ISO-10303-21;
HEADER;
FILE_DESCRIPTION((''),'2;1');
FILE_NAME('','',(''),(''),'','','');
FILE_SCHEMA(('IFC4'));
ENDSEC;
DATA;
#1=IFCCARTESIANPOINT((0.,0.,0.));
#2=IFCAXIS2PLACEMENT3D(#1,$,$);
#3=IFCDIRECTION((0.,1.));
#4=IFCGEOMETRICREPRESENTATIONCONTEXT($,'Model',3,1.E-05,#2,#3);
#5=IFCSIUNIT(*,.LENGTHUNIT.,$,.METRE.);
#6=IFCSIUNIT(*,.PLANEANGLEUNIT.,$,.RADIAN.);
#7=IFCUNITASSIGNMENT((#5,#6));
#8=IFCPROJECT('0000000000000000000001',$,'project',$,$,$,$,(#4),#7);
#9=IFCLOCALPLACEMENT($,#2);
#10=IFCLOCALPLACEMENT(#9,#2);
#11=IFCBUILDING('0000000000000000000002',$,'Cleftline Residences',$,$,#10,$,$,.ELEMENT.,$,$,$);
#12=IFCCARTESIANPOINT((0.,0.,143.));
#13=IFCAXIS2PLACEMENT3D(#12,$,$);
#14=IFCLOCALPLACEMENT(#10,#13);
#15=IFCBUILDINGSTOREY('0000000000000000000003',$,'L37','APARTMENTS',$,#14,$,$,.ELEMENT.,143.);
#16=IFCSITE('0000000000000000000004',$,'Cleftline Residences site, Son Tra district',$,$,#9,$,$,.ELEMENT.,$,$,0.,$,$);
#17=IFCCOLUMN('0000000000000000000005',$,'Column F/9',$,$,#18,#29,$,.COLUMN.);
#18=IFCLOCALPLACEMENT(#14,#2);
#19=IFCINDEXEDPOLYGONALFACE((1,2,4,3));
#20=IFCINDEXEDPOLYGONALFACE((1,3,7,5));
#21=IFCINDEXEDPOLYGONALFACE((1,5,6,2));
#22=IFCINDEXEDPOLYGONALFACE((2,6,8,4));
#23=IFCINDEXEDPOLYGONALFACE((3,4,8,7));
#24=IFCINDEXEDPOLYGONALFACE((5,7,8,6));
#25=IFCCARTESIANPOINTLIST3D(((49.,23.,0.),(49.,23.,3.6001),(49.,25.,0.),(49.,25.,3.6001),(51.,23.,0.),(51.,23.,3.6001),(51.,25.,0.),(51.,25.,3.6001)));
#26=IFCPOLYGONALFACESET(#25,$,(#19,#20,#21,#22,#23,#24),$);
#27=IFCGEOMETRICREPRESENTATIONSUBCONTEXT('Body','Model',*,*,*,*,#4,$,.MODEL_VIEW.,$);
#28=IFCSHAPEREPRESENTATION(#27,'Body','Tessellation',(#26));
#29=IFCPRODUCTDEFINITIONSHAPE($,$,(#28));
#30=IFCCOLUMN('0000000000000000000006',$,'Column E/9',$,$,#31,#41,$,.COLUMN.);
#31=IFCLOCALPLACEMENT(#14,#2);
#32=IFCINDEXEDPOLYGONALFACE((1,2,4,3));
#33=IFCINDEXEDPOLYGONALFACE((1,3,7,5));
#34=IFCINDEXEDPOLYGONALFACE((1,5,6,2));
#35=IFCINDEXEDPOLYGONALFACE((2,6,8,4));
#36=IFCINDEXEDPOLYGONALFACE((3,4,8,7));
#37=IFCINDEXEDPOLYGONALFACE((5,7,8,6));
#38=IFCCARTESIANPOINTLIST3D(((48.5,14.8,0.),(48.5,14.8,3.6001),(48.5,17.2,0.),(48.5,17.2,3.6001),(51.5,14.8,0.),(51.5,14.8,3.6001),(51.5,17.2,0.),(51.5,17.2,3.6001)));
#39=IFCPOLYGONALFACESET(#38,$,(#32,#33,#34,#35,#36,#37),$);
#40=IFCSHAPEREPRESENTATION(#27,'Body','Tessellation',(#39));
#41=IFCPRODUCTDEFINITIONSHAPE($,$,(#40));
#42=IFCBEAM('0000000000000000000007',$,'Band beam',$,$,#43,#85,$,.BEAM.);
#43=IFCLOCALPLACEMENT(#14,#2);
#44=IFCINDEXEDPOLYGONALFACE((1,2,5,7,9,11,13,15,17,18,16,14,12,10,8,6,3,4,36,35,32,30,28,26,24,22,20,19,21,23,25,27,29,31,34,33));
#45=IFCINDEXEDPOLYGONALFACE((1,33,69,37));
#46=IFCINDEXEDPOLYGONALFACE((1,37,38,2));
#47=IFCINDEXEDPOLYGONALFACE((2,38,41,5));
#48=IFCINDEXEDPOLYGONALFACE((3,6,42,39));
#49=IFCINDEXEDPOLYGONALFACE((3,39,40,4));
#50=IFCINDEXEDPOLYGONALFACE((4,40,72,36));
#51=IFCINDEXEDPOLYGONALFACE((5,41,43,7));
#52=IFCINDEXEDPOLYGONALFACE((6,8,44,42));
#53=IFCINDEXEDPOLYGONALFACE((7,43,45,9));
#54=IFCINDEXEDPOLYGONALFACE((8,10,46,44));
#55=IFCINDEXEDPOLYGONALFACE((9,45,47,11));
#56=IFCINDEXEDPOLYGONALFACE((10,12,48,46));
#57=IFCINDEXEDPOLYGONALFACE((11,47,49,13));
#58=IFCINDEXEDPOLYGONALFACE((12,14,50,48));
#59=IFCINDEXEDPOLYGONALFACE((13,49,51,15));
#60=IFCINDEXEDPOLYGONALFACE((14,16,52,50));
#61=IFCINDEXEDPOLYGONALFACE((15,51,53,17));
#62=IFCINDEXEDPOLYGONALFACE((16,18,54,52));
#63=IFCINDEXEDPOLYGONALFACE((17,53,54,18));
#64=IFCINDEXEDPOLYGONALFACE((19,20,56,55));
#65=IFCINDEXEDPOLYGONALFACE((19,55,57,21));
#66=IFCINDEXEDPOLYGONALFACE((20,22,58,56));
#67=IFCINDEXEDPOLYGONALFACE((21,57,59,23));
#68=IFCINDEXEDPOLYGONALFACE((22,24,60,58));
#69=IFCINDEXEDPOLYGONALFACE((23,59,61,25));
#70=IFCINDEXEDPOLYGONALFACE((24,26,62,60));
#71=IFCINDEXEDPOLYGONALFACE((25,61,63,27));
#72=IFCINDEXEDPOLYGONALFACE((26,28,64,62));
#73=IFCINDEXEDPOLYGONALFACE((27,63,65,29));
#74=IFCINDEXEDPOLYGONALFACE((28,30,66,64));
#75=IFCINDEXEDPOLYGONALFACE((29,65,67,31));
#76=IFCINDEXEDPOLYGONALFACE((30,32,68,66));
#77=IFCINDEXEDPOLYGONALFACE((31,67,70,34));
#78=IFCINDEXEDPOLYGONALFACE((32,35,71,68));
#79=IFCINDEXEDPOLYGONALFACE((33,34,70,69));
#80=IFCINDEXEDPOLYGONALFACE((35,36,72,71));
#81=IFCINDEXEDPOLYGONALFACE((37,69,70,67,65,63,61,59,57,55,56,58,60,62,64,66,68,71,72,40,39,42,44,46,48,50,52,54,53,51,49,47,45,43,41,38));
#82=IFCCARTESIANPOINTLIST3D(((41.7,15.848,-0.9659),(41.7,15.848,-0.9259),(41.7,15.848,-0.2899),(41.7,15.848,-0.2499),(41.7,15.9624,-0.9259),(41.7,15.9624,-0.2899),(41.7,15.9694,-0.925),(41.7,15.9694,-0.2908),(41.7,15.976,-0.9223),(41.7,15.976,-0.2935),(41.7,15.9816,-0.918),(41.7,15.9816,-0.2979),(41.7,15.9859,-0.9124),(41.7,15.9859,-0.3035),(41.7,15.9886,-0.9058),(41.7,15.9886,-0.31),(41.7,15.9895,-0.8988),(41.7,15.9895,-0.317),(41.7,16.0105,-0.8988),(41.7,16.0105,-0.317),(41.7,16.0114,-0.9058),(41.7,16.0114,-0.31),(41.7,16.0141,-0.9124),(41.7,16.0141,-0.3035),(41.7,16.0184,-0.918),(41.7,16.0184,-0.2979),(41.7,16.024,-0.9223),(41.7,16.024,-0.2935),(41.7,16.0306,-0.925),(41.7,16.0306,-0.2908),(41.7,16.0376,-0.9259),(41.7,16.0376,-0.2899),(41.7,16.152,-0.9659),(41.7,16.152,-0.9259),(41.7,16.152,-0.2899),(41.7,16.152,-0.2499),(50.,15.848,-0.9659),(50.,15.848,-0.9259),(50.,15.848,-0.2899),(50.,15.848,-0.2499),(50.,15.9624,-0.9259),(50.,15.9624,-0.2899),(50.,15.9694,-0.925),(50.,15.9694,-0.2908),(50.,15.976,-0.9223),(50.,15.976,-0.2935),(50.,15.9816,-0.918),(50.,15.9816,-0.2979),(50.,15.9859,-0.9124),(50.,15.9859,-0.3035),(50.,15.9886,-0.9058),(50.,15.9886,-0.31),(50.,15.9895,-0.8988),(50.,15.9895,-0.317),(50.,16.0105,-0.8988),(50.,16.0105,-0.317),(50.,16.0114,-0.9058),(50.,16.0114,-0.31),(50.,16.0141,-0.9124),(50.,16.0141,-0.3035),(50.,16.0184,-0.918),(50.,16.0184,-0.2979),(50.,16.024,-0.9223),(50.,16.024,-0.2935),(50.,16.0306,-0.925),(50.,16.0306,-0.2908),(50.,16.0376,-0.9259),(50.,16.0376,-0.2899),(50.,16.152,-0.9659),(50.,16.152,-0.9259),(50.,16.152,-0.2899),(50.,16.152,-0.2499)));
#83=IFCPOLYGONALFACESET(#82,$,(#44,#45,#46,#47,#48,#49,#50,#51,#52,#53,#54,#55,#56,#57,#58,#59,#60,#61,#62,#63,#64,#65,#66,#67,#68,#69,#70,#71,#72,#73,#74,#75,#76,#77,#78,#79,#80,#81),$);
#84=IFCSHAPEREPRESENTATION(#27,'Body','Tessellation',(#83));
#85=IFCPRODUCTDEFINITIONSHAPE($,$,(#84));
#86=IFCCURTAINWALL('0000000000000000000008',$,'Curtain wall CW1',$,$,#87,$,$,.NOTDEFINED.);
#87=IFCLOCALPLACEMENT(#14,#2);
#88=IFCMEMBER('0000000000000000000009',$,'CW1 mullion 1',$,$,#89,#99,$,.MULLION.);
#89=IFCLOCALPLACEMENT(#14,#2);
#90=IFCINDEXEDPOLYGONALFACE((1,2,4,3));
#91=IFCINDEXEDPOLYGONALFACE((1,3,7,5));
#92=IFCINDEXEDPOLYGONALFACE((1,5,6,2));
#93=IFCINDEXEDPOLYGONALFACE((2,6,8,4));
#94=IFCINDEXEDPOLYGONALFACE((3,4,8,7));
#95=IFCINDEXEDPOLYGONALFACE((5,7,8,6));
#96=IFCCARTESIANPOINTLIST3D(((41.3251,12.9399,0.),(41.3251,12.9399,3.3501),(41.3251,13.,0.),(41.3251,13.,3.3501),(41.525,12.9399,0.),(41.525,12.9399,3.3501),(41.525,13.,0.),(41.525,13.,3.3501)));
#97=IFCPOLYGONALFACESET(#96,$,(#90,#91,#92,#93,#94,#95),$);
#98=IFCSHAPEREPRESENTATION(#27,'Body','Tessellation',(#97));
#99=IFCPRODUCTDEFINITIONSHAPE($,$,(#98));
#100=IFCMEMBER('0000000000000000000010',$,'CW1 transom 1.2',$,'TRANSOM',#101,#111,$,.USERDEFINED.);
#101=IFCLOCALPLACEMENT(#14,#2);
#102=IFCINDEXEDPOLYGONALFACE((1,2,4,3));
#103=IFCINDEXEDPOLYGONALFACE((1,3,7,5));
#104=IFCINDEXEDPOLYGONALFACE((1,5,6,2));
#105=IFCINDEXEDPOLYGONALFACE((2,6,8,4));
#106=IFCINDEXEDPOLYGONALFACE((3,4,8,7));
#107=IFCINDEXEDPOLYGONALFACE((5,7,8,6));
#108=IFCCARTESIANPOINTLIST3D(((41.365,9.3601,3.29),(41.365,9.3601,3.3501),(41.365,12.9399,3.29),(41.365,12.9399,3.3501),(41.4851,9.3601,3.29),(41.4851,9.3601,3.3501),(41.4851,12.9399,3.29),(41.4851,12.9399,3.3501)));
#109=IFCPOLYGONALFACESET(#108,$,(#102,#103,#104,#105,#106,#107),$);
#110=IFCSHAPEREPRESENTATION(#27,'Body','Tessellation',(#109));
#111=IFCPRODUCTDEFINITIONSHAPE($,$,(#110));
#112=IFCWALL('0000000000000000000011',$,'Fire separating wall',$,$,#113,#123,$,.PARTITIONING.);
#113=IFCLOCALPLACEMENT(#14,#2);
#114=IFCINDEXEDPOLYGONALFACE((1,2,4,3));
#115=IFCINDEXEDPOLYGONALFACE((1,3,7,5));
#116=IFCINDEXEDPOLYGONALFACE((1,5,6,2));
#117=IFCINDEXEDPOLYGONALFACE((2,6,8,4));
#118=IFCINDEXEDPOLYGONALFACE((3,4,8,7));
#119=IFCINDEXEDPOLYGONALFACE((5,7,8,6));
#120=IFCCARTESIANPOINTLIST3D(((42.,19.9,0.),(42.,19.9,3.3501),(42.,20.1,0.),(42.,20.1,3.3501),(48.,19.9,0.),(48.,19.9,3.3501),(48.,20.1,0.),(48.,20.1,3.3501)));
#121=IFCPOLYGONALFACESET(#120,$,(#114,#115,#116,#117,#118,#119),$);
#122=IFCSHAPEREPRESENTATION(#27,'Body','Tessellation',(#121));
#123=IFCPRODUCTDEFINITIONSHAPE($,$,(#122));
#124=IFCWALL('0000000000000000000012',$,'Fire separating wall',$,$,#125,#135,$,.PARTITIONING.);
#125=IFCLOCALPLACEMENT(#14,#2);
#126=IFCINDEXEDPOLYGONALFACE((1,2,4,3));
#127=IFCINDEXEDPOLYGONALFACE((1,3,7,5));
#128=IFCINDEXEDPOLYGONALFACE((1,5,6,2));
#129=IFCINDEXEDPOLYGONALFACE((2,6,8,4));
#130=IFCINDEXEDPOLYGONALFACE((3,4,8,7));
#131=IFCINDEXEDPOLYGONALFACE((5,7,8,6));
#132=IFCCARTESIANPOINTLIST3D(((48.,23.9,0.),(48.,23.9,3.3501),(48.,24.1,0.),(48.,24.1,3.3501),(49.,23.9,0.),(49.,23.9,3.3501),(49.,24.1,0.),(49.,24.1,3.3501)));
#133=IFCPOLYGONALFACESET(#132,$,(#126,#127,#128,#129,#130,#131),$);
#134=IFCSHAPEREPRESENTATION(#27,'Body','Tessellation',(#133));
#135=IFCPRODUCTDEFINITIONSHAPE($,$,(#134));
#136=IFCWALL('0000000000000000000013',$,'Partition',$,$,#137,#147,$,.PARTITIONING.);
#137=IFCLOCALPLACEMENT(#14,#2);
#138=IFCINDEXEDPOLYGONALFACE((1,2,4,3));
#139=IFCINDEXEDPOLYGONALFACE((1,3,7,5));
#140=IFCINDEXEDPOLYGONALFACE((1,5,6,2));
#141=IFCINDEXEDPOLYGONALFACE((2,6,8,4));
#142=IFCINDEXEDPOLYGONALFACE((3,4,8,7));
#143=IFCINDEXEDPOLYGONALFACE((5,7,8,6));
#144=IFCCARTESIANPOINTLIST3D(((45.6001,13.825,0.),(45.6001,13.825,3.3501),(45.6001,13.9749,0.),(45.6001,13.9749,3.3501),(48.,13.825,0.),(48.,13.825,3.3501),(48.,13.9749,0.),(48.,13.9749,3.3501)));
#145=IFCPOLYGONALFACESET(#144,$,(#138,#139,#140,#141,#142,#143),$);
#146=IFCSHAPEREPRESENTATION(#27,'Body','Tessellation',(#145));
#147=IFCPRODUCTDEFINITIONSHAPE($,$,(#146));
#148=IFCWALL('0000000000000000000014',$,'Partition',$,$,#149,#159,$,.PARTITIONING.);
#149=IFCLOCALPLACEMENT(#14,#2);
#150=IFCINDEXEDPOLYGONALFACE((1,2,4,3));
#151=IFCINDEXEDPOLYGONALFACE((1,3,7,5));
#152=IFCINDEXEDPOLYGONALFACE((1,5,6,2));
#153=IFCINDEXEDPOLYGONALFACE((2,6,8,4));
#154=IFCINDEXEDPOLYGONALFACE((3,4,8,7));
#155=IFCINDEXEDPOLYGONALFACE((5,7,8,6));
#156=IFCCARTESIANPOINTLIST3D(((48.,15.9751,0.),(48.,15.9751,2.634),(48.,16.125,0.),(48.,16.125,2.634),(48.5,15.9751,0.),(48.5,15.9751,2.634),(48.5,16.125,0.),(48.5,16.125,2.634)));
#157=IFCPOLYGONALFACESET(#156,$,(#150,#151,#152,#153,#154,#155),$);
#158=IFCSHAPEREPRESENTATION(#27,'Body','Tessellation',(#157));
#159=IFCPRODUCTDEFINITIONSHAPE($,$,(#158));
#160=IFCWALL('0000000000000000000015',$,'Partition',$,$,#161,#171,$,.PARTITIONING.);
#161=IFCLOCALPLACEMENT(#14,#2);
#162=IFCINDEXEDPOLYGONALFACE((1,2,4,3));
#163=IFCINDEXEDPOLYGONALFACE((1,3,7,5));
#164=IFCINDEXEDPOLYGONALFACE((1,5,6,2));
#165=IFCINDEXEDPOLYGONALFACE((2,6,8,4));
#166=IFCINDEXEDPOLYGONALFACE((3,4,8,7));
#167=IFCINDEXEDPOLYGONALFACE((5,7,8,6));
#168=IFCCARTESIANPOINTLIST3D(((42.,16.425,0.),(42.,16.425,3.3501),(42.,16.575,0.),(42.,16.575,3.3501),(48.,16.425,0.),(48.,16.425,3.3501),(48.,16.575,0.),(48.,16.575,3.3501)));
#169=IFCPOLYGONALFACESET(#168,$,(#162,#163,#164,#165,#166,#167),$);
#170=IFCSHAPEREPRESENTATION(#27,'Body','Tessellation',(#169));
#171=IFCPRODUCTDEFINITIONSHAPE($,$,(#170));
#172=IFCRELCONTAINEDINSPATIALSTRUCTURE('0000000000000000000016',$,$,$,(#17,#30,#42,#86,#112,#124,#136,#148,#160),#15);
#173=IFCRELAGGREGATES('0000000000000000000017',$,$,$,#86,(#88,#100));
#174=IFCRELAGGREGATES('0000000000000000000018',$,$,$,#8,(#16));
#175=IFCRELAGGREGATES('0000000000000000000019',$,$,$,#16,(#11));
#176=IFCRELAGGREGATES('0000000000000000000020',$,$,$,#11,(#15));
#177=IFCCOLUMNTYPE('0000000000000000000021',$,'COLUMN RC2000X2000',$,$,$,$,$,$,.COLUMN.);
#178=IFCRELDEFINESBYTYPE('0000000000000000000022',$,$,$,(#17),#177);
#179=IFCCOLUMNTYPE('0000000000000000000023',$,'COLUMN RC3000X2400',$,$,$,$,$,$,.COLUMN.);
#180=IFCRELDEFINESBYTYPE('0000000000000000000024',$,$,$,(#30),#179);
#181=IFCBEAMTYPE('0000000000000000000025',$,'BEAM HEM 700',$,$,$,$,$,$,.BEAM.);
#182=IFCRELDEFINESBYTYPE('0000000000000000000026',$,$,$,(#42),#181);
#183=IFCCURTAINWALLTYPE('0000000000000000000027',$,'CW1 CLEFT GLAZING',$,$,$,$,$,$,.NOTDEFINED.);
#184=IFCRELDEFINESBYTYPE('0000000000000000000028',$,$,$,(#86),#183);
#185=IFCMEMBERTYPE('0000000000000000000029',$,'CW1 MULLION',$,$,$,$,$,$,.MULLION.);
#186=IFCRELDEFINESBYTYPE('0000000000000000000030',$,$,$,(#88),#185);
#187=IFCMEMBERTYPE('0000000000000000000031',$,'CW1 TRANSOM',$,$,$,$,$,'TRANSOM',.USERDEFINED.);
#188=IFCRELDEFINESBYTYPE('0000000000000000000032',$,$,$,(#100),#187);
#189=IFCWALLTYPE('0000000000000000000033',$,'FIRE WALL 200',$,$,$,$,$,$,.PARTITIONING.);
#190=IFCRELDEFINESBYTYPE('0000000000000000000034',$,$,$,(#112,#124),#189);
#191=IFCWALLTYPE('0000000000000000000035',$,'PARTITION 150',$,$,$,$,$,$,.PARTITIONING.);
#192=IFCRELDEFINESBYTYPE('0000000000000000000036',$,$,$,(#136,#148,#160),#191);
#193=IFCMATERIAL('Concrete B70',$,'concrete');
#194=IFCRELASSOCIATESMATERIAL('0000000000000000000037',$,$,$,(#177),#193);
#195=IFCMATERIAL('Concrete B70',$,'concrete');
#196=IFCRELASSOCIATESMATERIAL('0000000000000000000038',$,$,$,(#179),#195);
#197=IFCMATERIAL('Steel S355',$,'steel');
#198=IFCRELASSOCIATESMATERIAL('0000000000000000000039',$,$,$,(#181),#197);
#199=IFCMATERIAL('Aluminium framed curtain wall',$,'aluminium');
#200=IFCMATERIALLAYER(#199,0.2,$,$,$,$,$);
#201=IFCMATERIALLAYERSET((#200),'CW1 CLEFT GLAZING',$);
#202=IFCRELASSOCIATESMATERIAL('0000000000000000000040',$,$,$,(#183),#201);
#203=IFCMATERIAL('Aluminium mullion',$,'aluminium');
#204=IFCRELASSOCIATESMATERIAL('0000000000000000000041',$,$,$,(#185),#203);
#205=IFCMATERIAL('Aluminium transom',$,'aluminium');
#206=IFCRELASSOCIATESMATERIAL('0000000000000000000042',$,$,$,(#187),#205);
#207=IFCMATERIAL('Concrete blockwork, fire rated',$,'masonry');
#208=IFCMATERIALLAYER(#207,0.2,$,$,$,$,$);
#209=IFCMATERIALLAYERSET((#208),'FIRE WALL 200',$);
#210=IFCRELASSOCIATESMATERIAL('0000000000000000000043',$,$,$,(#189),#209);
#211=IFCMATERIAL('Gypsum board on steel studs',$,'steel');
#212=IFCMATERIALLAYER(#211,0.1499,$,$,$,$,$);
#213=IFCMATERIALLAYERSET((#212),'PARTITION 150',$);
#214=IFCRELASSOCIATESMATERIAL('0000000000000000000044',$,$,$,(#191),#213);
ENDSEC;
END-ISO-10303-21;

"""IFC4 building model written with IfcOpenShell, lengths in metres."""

from ifc_helpers import new_model, si_unit, direction, frame, frame_2d, origin, origin_2d, place, context, subcontext, project, spatial, rectangle, i_section, extrude, material, layer, layer_set, material_profile, profile_set, type_object, element, aggregate, save


model = new_model("IFC4")

# Units and contexts
model_context = context("Model", 3, precision=1e-05, world=origin(), true_north=direction((0.0, 1.0)))
body_context = subcontext(model_context, "Body", "Model", "MODEL_VIEW")
ifc_project = project(units=[si_unit("LENGTHUNIT", "METRE"), si_unit("PLANEANGLEUNIT", "RADIAN")], contexts=[model_context])

# Site, building, storey
site_placement = place(None, origin())
site = spatial("IfcSite", under=ifc_project, at=site_placement, Name="Cleftline Residences site, Son Tra district", CompositionType="ELEMENT", RefElevation=0.0)
building_placement = place(site_placement, origin())
building = spatial("IfcBuilding", under=site, at=building_placement, Name="Cleftline Residences", CompositionType="ELEMENT")
storey_placement = place(building_placement, frame((0.0, 0.0, 143.0)))
storey = spatial("IfcBuildingStorey", under=building, at=storey_placement, Name="L37", Description="APARTMENTS", CompositionType="ELEMENT", Elevation=143.0)

# Columns
ifc_material_1 = material(Name="Concrete B70", Category="concrete")
ifc_material_profile_1 = material_profile(ifc_material_1, rectangle(XDim=2.0, YDim=2.0, at=origin_2d()))
ifc_profile_set_1 = profile_set([ifc_material_profile_1], Name="Concrete B70")
column_type_1 = type_object("IfcColumnType", Name="COLUMN RC2000X2000", PredefinedType="COLUMN", material=ifc_profile_set_1)
column_1_placement = place(storey_placement, frame((50.0, 24.0, 0.0), z_axis=(0.0, 0.0, 1.0), x_axis=(1.0, 0.0, 0.0)))
element("IfcColumn", 1, at=column_1_placement, inside=storey, type_object=column_type_1, Name="Column F/9", PredefinedType="COLUMN", context=body_context, shape_type="SweptSolid", body=[
    extrude(rectangle(XDim=2.0, YDim=2.0, at=origin_2d()), origin(), (0.0, 0.0, 1.0), 3.6001),
])
ifc_material_2 = material(Name="Concrete B70", Category="concrete")
ifc_material_profile_2 = material_profile(ifc_material_2, rectangle(XDim=3.0, YDim=2.3999, at=origin_2d()))
ifc_profile_set_2 = profile_set([ifc_material_profile_2], Name="Concrete B70")
column_type_2 = type_object("IfcColumnType", Name="COLUMN RC3000X2400", PredefinedType="COLUMN", material=ifc_profile_set_2)
column_2_placement = place(storey_placement, frame((50.0, 16.0, 0.0), z_axis=(0.0, 0.0, 1.0), x_axis=(1.0, 0.0, 0.0)))
element("IfcColumn", 2, at=column_2_placement, inside=storey, type_object=column_type_2, Name="Column E/9", PredefinedType="COLUMN", context=body_context, shape_type="SweptSolid", body=[
    extrude(rectangle(XDim=3.0, YDim=2.3999, at=origin_2d()), origin(), (0.0, 0.0, 1.0), 3.6001),
])

# Beam
ifc_material_3 = material(Name="Steel S355", Category="steel")
ifc_material_profile_3 = material_profile(ifc_material_3, i_section(OverallWidth=0.304, OverallDepth=0.7161, WebThickness=0.021, FlangeThickness=0.04, FilletRadius=0.0271, at=origin_2d()))
ifc_profile_set_3 = profile_set([ifc_material_profile_3], Name="Steel S355")
beam_type = type_object("IfcBeamType", Name="BEAM HEM 700", PredefinedType="BEAM", material=ifc_profile_set_3)
beam_placement = place(storey_placement, frame((50.0, 16.0, -0.6079), z_axis=(-1.0, 0.0, 0.0), x_axis=(0.0, -1.0, 0.0)))
element("IfcBeam", 3, at=beam_placement, inside=storey, type_object=beam_type, Name="Band beam", PredefinedType="BEAM", context=body_context, shape_type="SweptSolid", body=[
    extrude(i_section(OverallWidth=0.304, OverallDepth=0.7161, WebThickness=0.021, FlangeThickness=0.04, FilletRadius=0.0271, at=origin_2d()), origin(), (0.0, 0.0, 1.0), 8.3),
])

# Curtain wall, members
ifc_material_4 = material(Name="Aluminium framed curtain wall", Category="aluminium")
ifc_layer_1 = layer(ifc_material_4, 0.2)
ifc_layer_set_1 = layer_set([ifc_layer_1], Name="CW1 CLEFT GLAZING")
curtain_wall_type = type_object("IfcCurtainWallType", Name="CW1 CLEFT GLAZING", PredefinedType="NOTDEFINED", material=ifc_layer_set_1)
curtain_wall_placement = place(storey_placement, origin())
curtain_wall = element("IfcCurtainWall", 4, at=curtain_wall_placement, inside=storey, type_object=curtain_wall_type, Name="Curtain wall CW1", PredefinedType="NOTDEFINED")
ifc_material_5 = material(Name="Aluminium mullion", Category="aluminium")
ifc_material_profile_4 = material_profile(ifc_material_5, rectangle(XDim=0.2, YDim=0.0601, at=origin_2d()))
ifc_profile_set_4 = profile_set([ifc_material_profile_4], Name="Aluminium mullion")
member_type_1 = type_object("IfcMemberType", Name="CW1 MULLION", PredefinedType="MULLION", material=ifc_profile_set_4)
member_1_placement = place(storey_placement, frame((41.425, 12.97, 0.0), z_axis=(0.0, 0.0, 1.0), x_axis=(1.0, 0.0, 0.0)))
member_1 = element("IfcMember", 5, at=member_1_placement, type_object=member_type_1, Name="CW1 mullion 1", PredefinedType="MULLION", context=body_context, shape_type="SweptSolid", body=[
    extrude(rectangle(XDim=0.2, YDim=0.0601, at=origin_2d()), origin(), (0.0, 0.0, 1.0), 3.3501),
])
ifc_material_6 = material(Name="Aluminium transom", Category="aluminium")
ifc_material_profile_5 = material_profile(ifc_material_6, rectangle(XDim=0.1201, YDim=0.0601, at=origin_2d()))
ifc_profile_set_5 = profile_set([ifc_material_profile_5], Name="Aluminium transom")
member_type_2 = type_object("IfcMemberType", Name="CW1 TRANSOM", ElementType="TRANSOM", PredefinedType="USERDEFINED", material=ifc_profile_set_5)
member_2_placement = place(storey_placement, frame((41.425, 12.9399, 3.3201), z_axis=(0.0, -1.0, 0.0), x_axis=(1.0, 0.0, 0.0)))
member_2 = element("IfcMember", 6, at=member_2_placement, type_object=member_type_2, Name="CW1 transom 1.2", ObjectType="TRANSOM", PredefinedType="USERDEFINED", context=body_context, shape_type="SweptSolid", body=[
    extrude(rectangle(XDim=0.1201, YDim=0.0601, at=origin_2d()), origin(), (0.0, 0.0, 1.0), 3.5798),
])
aggregate(curtain_wall, [member_1, member_2])

# Walls
ifc_material_7 = material(Name="Concrete blockwork, fire rated", Category="masonry")
ifc_layer_2 = layer(ifc_material_7, 0.2)
ifc_layer_set_2 = layer_set([ifc_layer_2], Name="FIRE WALL 200")
wall_type_1 = type_object("IfcWallType", Name="FIRE WALL 200", PredefinedType="PARTITIONING", material=ifc_layer_set_2)
wall_1_placement = place(storey_placement, frame((42.0, 20.0, 0.0), z_axis=(0.0, 0.0, 1.0), x_axis=(1.0, 0.0, 0.0)))
element("IfcWall", 7, at=wall_1_placement, inside=storey, type_object=wall_type_1, Name="Fire separating wall", PredefinedType="PARTITIONING", context=body_context, shape_type="SweptSolid", body=[
    extrude(rectangle(XDim=6.0, YDim=0.2, at=frame_2d((3.0, 0.0))), origin(), (0.0, 0.0, 1.0), 3.3501),
])
wall_2_placement = place(storey_placement, frame((48.0, 24.0, 0.0), z_axis=(0.0, 0.0, 1.0), x_axis=(1.0, 0.0, 0.0)))
element("IfcWall", 8, at=wall_2_placement, inside=storey, type_object=wall_type_1, Name="Fire separating wall", PredefinedType="PARTITIONING", context=body_context, shape_type="SweptSolid", body=[
    extrude(rectangle(XDim=1.0, YDim=0.2, at=frame_2d((0.5, 0.0))), origin(), (0.0, 0.0, 1.0), 3.3501),
])

# Walls
ifc_material_8 = material(Name="Gypsum board on steel studs", Category="steel")
ifc_layer_3 = layer(ifc_material_8, 0.1499)
ifc_layer_set_3 = layer_set([ifc_layer_3], Name="PARTITION 150")
wall_type_2 = type_object("IfcWallType", Name="PARTITION 150", PredefinedType="PARTITIONING", material=ifc_layer_set_3)
wall_3_placement = place(storey_placement, frame((45.6001, 13.8999, 0.0), z_axis=(0.0, 0.0, 1.0), x_axis=(1.0, 0.0, 0.0)))
element("IfcWall", 9, at=wall_3_placement, inside=storey, type_object=wall_type_2, Name="Partition", PredefinedType="PARTITIONING", context=body_context, shape_type="SweptSolid", body=[
    extrude(rectangle(XDim=2.3999, YDim=0.1499, at=frame_2d((1.2, 0.0))), origin(), (0.0, 0.0, 1.0), 3.3501),
])
wall_4_placement = place(storey_placement, frame((48.0, 16.05, 0.0), z_axis=(0.0, 0.0, 1.0), x_axis=(1.0, 0.0, 0.0)))
element("IfcWall", 10, at=wall_4_placement, inside=storey, type_object=wall_type_2, Name="Partition", PredefinedType="PARTITIONING", context=body_context, shape_type="SweptSolid", body=[
    extrude(rectangle(XDim=0.5, YDim=0.1499, at=frame_2d((0.25, 0.0))), origin(), (0.0, 0.0, 1.0), 2.634),
])
wall_5_placement = place(storey_placement, frame((42.0, 16.5, 0.0), z_axis=(0.0, 0.0, 1.0), x_axis=(1.0, 0.0, 0.0)))
element("IfcWall", 11, at=wall_5_placement, inside=storey, type_object=wall_type_2, Name="Partition", PredefinedType="PARTITIONING", context=body_context, shape_type="SweptSolid", body=[
    extrude(rectangle(XDim=6.0, YDim=0.1499, at=frame_2d((3.0, 0.0))), origin(), (0.0, 0.0, 1.0), 3.3501),
])

save(model, "model.ifc")
